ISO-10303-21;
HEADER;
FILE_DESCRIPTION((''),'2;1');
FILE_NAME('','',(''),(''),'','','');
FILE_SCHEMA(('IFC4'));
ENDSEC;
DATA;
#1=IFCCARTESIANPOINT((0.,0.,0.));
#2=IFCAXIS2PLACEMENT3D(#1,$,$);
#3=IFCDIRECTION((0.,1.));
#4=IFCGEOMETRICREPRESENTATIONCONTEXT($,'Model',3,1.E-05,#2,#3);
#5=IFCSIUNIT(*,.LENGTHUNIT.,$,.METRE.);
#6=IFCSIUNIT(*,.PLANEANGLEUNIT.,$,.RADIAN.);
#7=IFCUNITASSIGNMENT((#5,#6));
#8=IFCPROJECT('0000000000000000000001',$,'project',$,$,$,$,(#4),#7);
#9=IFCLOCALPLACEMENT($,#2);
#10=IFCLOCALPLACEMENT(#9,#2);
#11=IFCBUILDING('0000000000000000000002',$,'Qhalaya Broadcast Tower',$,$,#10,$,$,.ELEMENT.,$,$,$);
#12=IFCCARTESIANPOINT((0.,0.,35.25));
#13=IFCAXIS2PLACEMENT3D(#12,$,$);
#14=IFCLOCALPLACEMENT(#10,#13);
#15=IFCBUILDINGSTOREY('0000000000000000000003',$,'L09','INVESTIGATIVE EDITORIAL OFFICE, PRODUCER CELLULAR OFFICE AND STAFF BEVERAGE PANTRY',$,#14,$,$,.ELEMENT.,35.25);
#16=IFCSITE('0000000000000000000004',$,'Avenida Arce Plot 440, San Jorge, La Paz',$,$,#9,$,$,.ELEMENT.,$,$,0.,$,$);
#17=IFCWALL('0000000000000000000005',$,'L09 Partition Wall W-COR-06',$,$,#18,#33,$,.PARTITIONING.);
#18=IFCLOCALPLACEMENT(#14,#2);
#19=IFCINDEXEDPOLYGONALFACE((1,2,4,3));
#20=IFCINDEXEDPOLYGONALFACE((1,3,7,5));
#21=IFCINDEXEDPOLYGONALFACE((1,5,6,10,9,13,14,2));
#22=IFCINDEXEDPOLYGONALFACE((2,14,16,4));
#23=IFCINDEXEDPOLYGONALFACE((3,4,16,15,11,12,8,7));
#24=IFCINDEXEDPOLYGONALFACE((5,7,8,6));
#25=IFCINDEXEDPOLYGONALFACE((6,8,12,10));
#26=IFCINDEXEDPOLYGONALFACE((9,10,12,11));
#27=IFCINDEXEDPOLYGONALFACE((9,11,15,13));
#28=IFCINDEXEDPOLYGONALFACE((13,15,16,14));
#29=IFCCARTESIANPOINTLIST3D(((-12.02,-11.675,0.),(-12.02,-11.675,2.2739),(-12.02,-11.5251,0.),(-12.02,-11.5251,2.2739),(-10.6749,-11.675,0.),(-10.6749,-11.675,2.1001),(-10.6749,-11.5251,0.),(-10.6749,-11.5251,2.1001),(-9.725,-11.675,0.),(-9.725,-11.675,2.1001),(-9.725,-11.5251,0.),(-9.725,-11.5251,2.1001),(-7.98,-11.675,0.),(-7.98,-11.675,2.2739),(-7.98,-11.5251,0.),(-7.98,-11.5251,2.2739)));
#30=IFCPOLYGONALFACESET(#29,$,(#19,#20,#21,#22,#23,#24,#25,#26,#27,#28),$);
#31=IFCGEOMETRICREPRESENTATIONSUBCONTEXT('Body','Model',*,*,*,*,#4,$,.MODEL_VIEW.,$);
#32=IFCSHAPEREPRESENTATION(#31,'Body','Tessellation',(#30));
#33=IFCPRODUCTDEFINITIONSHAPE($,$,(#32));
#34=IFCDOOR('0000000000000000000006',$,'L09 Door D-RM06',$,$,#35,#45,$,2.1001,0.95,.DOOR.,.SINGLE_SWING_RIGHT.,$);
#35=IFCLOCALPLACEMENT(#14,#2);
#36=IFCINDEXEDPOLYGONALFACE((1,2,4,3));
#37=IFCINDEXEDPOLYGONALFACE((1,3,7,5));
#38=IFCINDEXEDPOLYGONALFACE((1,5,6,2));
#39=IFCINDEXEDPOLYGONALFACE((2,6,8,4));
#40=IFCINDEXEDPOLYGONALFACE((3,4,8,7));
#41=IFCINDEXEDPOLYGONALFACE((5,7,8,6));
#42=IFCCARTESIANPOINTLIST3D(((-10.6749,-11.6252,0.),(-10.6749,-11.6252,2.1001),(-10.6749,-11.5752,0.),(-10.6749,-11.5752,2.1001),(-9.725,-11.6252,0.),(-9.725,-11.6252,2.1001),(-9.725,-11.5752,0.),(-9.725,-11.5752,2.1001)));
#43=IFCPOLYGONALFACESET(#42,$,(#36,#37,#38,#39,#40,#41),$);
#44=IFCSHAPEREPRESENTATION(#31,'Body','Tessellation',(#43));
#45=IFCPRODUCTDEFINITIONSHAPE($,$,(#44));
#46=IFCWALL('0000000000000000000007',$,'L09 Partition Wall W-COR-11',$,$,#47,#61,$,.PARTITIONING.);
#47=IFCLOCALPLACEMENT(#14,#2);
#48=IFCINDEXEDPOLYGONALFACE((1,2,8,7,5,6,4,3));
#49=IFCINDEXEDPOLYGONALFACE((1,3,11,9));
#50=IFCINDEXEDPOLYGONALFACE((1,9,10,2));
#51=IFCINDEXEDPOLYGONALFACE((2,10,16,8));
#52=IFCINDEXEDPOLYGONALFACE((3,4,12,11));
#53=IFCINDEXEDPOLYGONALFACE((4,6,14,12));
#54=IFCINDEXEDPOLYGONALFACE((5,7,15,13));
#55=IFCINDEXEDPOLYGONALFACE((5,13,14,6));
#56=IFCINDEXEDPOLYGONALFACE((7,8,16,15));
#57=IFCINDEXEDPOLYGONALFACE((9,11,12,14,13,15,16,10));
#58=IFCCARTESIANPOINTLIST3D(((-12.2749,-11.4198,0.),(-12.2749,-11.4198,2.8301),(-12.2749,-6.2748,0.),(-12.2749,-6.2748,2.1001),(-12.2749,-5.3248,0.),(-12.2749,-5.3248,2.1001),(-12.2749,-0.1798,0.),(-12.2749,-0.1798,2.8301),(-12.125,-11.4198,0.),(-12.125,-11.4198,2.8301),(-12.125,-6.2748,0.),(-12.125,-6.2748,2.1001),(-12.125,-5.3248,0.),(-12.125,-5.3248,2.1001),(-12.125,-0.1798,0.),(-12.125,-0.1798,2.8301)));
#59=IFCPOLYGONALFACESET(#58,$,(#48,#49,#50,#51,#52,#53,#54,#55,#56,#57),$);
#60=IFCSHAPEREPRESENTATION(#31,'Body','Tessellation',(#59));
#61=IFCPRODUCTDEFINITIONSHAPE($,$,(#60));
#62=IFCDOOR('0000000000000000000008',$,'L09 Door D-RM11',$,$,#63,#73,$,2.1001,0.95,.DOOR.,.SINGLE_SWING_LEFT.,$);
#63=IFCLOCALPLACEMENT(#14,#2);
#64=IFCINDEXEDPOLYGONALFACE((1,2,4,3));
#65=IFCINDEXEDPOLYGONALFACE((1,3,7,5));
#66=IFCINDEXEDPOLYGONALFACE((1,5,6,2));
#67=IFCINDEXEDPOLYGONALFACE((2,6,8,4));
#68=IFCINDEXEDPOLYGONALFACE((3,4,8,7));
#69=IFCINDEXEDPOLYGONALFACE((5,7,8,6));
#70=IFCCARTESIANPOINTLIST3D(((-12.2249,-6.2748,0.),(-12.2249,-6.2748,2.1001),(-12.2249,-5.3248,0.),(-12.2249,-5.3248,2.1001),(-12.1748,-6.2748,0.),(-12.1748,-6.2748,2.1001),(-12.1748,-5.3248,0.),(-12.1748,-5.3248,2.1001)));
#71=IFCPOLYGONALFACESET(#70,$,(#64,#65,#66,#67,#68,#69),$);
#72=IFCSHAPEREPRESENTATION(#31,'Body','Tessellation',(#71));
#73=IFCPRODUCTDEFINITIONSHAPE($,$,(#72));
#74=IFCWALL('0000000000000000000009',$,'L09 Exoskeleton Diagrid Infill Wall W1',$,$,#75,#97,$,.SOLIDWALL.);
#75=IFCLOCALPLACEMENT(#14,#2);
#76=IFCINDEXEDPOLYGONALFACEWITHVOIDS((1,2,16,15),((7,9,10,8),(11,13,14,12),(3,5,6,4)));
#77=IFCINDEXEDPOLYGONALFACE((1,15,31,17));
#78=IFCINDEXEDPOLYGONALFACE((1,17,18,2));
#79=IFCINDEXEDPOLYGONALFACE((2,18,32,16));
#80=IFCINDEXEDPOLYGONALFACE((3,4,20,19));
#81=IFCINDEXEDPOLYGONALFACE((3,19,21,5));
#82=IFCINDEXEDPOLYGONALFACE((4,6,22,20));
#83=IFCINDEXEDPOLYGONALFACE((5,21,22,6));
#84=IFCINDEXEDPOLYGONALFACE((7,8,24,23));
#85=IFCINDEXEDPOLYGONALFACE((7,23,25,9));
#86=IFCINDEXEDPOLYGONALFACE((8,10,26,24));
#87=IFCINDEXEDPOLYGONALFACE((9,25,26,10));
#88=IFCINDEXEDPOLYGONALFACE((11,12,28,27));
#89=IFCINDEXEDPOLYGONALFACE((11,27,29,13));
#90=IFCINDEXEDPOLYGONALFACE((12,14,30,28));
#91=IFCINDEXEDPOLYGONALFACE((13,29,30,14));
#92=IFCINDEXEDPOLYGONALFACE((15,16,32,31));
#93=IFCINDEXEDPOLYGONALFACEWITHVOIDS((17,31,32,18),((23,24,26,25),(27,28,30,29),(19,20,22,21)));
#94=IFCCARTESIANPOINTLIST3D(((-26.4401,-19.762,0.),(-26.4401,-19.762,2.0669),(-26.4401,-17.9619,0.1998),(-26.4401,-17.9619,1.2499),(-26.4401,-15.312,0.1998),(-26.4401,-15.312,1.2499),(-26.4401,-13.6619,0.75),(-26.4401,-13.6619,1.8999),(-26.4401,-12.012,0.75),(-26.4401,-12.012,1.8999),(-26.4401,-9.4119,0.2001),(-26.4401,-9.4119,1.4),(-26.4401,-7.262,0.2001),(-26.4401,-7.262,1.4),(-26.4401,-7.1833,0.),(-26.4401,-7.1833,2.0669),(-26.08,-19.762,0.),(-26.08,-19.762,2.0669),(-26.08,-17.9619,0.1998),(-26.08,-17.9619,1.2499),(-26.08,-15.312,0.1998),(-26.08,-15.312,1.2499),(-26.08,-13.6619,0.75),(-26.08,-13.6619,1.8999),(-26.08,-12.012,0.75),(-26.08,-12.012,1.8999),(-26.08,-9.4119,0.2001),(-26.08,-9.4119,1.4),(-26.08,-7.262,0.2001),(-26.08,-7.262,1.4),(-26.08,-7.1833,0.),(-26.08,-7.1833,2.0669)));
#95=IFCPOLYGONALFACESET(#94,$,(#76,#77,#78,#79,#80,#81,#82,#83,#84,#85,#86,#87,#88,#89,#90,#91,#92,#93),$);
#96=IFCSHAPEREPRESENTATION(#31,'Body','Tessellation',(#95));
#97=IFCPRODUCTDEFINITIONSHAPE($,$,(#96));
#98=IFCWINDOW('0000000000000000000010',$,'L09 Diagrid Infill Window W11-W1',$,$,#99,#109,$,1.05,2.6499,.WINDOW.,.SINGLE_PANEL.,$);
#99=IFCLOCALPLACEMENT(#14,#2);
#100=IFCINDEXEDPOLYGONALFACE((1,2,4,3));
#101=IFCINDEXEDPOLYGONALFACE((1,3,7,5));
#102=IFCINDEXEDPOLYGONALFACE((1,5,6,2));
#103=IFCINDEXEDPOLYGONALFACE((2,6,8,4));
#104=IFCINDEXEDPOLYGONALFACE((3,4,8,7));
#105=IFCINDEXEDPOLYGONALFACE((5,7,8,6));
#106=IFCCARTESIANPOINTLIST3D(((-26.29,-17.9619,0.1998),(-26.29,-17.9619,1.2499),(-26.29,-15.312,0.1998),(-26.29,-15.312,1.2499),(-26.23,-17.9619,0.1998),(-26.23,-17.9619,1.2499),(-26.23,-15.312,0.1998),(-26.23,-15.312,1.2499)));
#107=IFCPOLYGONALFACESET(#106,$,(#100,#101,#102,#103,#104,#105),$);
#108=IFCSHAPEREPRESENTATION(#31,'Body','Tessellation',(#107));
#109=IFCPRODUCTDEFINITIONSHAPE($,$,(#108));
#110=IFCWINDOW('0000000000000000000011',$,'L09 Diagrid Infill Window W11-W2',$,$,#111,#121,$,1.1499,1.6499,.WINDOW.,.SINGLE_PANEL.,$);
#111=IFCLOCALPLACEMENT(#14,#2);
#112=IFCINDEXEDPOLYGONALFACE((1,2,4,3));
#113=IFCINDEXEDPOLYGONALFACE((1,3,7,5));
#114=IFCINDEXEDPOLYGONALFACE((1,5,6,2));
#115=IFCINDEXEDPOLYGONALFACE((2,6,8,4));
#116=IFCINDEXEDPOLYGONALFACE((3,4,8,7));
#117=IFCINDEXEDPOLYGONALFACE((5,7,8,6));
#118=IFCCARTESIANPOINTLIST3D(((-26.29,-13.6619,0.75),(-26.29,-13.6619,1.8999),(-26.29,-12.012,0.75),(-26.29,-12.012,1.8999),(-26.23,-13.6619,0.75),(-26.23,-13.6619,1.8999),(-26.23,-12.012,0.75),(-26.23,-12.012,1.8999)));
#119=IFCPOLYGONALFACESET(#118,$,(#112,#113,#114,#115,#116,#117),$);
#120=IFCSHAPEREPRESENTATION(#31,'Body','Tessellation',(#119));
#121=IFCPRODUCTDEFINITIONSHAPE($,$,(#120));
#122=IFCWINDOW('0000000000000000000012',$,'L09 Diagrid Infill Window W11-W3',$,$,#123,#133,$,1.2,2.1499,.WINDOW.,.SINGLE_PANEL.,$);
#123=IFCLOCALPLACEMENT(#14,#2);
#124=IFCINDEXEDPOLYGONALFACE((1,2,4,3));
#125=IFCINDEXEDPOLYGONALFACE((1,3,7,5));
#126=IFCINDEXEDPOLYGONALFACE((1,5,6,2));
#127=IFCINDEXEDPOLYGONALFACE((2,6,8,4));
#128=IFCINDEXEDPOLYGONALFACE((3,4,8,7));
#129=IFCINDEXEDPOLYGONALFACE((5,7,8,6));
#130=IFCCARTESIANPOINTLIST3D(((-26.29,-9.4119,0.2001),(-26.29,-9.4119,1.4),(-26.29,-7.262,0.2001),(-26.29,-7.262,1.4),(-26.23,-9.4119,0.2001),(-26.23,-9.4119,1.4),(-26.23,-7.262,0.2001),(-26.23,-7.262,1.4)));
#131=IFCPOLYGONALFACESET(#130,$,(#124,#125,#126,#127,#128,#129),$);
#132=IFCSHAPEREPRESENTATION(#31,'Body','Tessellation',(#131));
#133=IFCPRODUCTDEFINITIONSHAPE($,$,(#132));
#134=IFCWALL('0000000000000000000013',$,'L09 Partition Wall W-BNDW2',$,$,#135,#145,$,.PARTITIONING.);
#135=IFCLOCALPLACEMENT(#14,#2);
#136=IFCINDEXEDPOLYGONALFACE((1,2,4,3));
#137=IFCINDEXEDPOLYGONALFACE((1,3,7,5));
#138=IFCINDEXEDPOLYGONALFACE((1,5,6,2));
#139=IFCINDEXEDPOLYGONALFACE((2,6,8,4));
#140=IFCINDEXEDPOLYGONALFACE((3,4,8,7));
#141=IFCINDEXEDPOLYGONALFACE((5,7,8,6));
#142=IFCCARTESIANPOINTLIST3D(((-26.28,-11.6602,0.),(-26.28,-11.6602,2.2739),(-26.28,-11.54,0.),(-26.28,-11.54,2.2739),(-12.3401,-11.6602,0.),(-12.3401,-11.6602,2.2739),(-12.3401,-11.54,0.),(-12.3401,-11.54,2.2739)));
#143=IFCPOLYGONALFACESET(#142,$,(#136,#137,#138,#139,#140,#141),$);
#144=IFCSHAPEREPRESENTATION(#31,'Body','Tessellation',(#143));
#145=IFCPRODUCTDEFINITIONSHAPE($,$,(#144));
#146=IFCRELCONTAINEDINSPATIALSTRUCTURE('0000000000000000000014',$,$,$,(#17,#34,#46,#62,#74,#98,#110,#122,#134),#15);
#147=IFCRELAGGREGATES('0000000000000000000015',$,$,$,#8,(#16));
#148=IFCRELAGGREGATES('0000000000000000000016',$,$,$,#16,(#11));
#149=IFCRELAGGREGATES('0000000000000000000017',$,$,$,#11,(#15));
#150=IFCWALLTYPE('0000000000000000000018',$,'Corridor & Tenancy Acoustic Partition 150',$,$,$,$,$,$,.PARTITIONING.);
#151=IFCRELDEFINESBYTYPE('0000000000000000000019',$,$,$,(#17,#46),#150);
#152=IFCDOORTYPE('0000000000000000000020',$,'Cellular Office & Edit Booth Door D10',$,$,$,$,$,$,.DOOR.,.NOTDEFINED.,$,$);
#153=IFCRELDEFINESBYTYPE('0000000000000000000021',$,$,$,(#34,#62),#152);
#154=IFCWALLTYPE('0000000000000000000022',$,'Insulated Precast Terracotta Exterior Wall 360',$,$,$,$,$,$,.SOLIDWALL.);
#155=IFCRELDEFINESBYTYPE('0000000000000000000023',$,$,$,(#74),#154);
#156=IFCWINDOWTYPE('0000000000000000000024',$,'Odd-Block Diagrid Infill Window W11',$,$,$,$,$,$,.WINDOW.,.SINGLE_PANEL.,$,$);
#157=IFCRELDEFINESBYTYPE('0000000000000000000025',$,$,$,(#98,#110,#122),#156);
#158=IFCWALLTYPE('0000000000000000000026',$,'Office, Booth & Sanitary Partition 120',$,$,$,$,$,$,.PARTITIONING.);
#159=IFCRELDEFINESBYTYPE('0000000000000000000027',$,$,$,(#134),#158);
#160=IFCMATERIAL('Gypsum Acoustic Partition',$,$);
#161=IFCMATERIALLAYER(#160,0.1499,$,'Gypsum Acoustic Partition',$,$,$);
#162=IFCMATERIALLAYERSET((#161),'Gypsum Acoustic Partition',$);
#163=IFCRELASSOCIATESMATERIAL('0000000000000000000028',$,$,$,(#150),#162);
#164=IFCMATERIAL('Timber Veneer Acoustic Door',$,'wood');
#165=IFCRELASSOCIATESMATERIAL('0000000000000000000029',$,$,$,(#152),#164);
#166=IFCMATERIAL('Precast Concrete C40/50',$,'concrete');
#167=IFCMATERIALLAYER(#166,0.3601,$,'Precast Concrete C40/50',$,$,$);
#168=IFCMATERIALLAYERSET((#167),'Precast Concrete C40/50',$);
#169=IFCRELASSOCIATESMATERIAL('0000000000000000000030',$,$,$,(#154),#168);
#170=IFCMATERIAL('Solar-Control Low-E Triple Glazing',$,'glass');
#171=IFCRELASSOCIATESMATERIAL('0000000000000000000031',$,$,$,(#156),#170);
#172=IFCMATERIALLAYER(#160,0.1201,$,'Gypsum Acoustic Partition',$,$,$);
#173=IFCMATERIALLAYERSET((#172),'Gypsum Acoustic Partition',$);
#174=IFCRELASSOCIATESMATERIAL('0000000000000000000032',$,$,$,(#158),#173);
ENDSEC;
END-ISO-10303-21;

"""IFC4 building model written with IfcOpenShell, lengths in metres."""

from ifc_helpers import new_model, si_unit, direction, frame, frame_2d, origin, place, context, subcontext, project, spatial, rectangle, extrude, material, layer, layer_set, type_object, element, fill, save


model = new_model("IFC4")

# Units and contexts
model_context = context("Model", 3, precision=1e-05, world=origin(), true_north=direction((0.0, 1.0)))
body_context = subcontext(model_context, "Body", "Model", "MODEL_VIEW")
ifc_project = project(units=[si_unit("LENGTHUNIT", "METRE"), si_unit("PLANEANGLEUNIT", "RADIAN")], contexts=[model_context])

# Site, building, storey
site_placement = place(None, origin())
site = spatial("IfcSite", under=ifc_project, at=site_placement, Name="Avenida Arce Plot 440, San Jorge, La Paz", CompositionType="ELEMENT", RefElevation=0.0)
building_placement = place(site_placement, origin())
building = spatial("IfcBuilding", under=site, at=building_placement, Name="Qhalaya Broadcast Tower", CompositionType="ELEMENT")
storey_placement = place(building_placement, frame((0.0, 0.0, 35.25)))
storey = spatial("IfcBuildingStorey", under=building, at=storey_placement, Name="L09", Description="INVESTIGATIVE EDITORIAL OFFICE, PRODUCER CELLULAR OFFICE AND STAFF BEVERAGE PANTRY", CompositionType="ELEMENT", Elevation=35.25)

# Walls, openings, doors
ifc_material_1 = material(Name="Gypsum Acoustic Partition")
ifc_layer_1 = layer(ifc_material_1, 0.1499, Name="Gypsum Acoustic Partition")
ifc_layer_set_1 = layer_set([ifc_layer_1], Name="Gypsum Acoustic Partition")
wall_type_1 = type_object("IfcWallType", Name="Corridor & Tenancy Acoustic Partition 150", PredefinedType="PARTITIONING", material=ifc_layer_set_1)
wall_1_placement = place(storey_placement, frame((-12.02, -11.6001, 0.0), z_axis=(0.0, 0.0, 1.0), x_axis=(1.0, 0.0, 0.0)))
wall_1 = element("IfcWall", 1, at=wall_1_placement, inside=storey, type_object=wall_type_1, Name="L09 Partition Wall W-COR-06", PredefinedType="PARTITIONING", context=body_context, shape_type="SweptSolid", body=[
    extrude(rectangle(XDim=4.04, YDim=0.1499, at=frame_2d((2.02, 0.0))), origin(), (0.0, 0.0, 1.0), 2.2739),
])
opening_1_placement = place(wall_1_placement, frame((1.345, 0.0, 0.0)))
opening_1 = element("IfcOpeningElement", 2, at=opening_1_placement, cuts=wall_1, PredefinedType="OPENING", context=body_context, shape_type="SweptSolid", body=[
    extrude(rectangle(XDim=0.95, YDim=2.1001, at=frame_2d((0.4751, 1.05))), frame((0.0, 0.0869, 0.0), z_axis=(0.0, -1.0, 0.0), x_axis=(1.0, 0.0, 0.0)), (0.0, 0.0, 1.0), 0.1738),
])
ifc_material_2 = material(Name="Timber Veneer Acoustic Door", Category="wood")
door_type = type_object("IfcDoorType", Name="Cellular Office & Edit Booth Door D10", OperationType="NOTDEFINED", PredefinedType="DOOR", material=ifc_material_2)
door_1_placement = place(opening_1_placement, origin())
door_1 = element("IfcDoor", 3, at=door_1_placement, inside=storey, type_object=door_type, Name="L09 Door D-RM06", OperationType="SINGLE_SWING_RIGHT", OverallHeight=2.1001, OverallWidth=0.95, PredefinedType="DOOR", context=body_context, shape_type="SweptSolid", body=[
    extrude(rectangle(XDim=0.95, YDim=2.1001, at=frame_2d((0.4751, 1.05))), frame((0.0, 0.0249, 0.0), z_axis=(0.0, -1.0, 0.0), x_axis=(1.0, 0.0, 0.0)), (0.0, 0.0, 1.0), 0.05),
])
fill(opening_1, door_1)
wall_2_placement = place(storey_placement, frame((-12.2, -11.4199, 0.0), z_axis=(0.0, 0.0, 1.0), x_axis=(0.0, 1.0, 0.0)))
wall_2 = element("IfcWall", 4, at=wall_2_placement, inside=storey, type_object=wall_type_1, Name="L09 Partition Wall W-COR-11", PredefinedType="PARTITIONING", context=body_context, shape_type="SweptSolid", body=[
    extrude(rectangle(XDim=11.24, YDim=0.1499, at=frame_2d((5.6201, 0.0))), origin(), (0.0, 0.0, 1.0), 2.8301),
])
opening_2_placement = place(wall_2_placement, frame((5.145, 0.0, 0.0)))
opening_2 = element("IfcOpeningElement", 5, at=opening_2_placement, cuts=wall_2, PredefinedType="OPENING", context=body_context, shape_type="SweptSolid", body=[
    extrude(rectangle(XDim=0.95, YDim=2.1001, at=frame_2d((0.4751, 1.05))), frame((0.0, 0.0869, 0.0), z_axis=(0.0, -1.0, 0.0), x_axis=(1.0, 0.0, 0.0)), (0.0, 0.0, 1.0), 0.1738),
])
door_2_placement = place(opening_2_placement, origin())
door_2 = element("IfcDoor", 6, at=door_2_placement, inside=storey, type_object=door_type, Name="L09 Door D-RM11", OperationType="SINGLE_SWING_LEFT", OverallHeight=2.1001, OverallWidth=0.95, PredefinedType="DOOR", context=body_context, shape_type="SweptSolid", body=[
    extrude(rectangle(XDim=0.95, YDim=2.1001, at=frame_2d((0.4751, 1.05))), frame((0.0, 0.0249, 0.0), z_axis=(0.0, -1.0, 0.0), x_axis=(1.0, 0.0, 0.0)), (0.0, 0.0, 1.0), 0.05),
])
fill(opening_2, door_2)

# Wall, openings, windows
ifc_material_3 = material(Name="Precast Concrete C40/50", Category="concrete")
ifc_layer_2 = layer(ifc_material_3, 0.3601, Name="Precast Concrete C40/50")
ifc_layer_set_2 = layer_set([ifc_layer_2], Name="Precast Concrete C40/50")
wall_type_2 = type_object("IfcWallType", Name="Insulated Precast Terracotta Exterior Wall 360", PredefinedType="SOLIDWALL", material=ifc_layer_set_2)
wall_3_placement = place(storey_placement, frame((-26.26, -19.762, 0.0), z_axis=(0.0, 0.0, 1.0), x_axis=(0.0, 1.0, 0.0)))
wall_3 = element("IfcWall", 7, at=wall_3_placement, inside=storey, type_object=wall_type_2, Name="L09 Exoskeleton Diagrid Infill Wall W1", PredefinedType="SOLIDWALL", context=body_context, shape_type="SweptSolid", body=[
    extrude(rectangle(XDim=12.5786, YDim=0.3601, at=frame_2d((6.2893, 0.0))), origin(), (0.0, 0.0, 1.0), 2.0669),
])
opening_3_placement = place(wall_3_placement, frame((1.8, 0.0, 0.2)))
opening_3 = element("IfcOpeningElement", 8, at=opening_3_placement, cuts=wall_3, PredefinedType="OPENING", context=body_context, shape_type="SweptSolid", body=[
    extrude(rectangle(XDim=2.6499, YDim=1.05, at=frame_2d((1.325, 0.5249))), frame((0.0, 0.1921, 0.0), z_axis=(0.0, -1.0, 0.0), x_axis=(1.0, 0.0, 0.0)), (0.0, 0.0, 1.0), 0.384),
])
opening_4_placement = place(wall_3_placement, frame((6.1001, 0.0, 0.75)))
opening_4 = element("IfcOpeningElement", 9, at=opening_4_placement, cuts=wall_3, PredefinedType="OPENING", context=body_context, shape_type="SweptSolid", body=[
    extrude(rectangle(XDim=1.6499, YDim=1.1499, at=frame_2d((0.825, 0.575))), frame((0.0, 0.1921, 0.0), z_axis=(0.0, -1.0, 0.0), x_axis=(1.0, 0.0, 0.0)), (0.0, 0.0, 1.0), 0.384),
])
opening_5_placement = place(wall_3_placement, frame((10.3501, 0.0, 0.2)))
opening_5 = element("IfcOpeningElement", 10, at=opening_5_placement, cuts=wall_3, PredefinedType="OPENING", context=body_context, shape_type="SweptSolid", body=[
    extrude(rectangle(XDim=2.1499, YDim=1.2, at=frame_2d((1.075, 0.6001))), frame((0.0, 0.1921, 0.0), z_axis=(0.0, -1.0, 0.0), x_axis=(1.0, 0.0, 0.0)), (0.0, 0.0, 1.0), 0.384),
])
ifc_material_4 = material(Name="Solar-Control Low-E Triple Glazing", Category="glass")
window_type = type_object("IfcWindowType", Name="Odd-Block Diagrid Infill Window W11", PartitioningType="SINGLE_PANEL", PredefinedType="WINDOW", material=ifc_material_4)
window_1_placement = place(opening_3_placement, origin())
window_1 = element("IfcWindow", 11, at=window_1_placement, inside=storey, type_object=window_type, Name="L09 Diagrid Infill Window W11-W1", OverallHeight=1.05, OverallWidth=2.6499, PartitioningType="SINGLE_PANEL", PredefinedType="WINDOW", context=body_context, shape_type="SweptSolid", body=[
    extrude(rectangle(XDim=2.6499, YDim=1.05, at=frame_2d((1.325, 0.5249))), frame((0.0, 0.03, 0.0), z_axis=(0.0, -1.0, 0.0), x_axis=(1.0, 0.0, 0.0)), (0.0, 0.0, 1.0), 0.0601),
])
fill(opening_3, window_1)
window_2_placement = place(opening_4_placement, origin())
window_2 = element("IfcWindow", 12, at=window_2_placement, inside=storey, type_object=window_type, Name="L09 Diagrid Infill Window W11-W2", OverallHeight=1.1499, OverallWidth=1.6499, PartitioningType="SINGLE_PANEL", PredefinedType="WINDOW", context=body_context, shape_type="SweptSolid", body=[
    extrude(rectangle(XDim=1.6499, YDim=1.1499, at=frame_2d((0.825, 0.575))), frame((0.0, 0.03, 0.0), z_axis=(0.0, -1.0, 0.0), x_axis=(1.0, 0.0, 0.0)), (0.0, 0.0, 1.0), 0.0601),
])
fill(opening_4, window_2)
window_3_placement = place(opening_5_placement, origin())
window_3 = element("IfcWindow", 13, at=window_3_placement, inside=storey, type_object=window_type, Name="L09 Diagrid Infill Window W11-W3", OverallHeight=1.2, OverallWidth=2.1499, PartitioningType="SINGLE_PANEL", PredefinedType="WINDOW", context=body_context, shape_type="SweptSolid", body=[
    extrude(rectangle(XDim=2.1499, YDim=1.2, at=frame_2d((1.075, 0.6001))), frame((0.0, 0.03, 0.0), z_axis=(0.0, -1.0, 0.0), x_axis=(1.0, 0.0, 0.0)), (0.0, 0.0, 1.0), 0.0601),
])
fill(opening_5, window_3)

# Wall
ifc_layer_3 = layer(ifc_material_1, 0.1201, Name="Gypsum Acoustic Partition")
ifc_layer_set_3 = layer_set([ifc_layer_3], Name="Gypsum Acoustic Partition")
wall_type_3 = type_object("IfcWallType", Name="Office, Booth & Sanitary Partition 120", PredefinedType="PARTITIONING", material=ifc_layer_set_3)
wall_4_placement = place(storey_placement, frame((-26.28, -11.6001, 0.0), z_axis=(0.0, 0.0, 1.0), x_axis=(1.0, 0.0, 0.0)))
element("IfcWall", 14, at=wall_4_placement, inside=storey, type_object=wall_type_3, Name="L09 Partition Wall W-BNDW2", PredefinedType="PARTITIONING", context=body_context, shape_type="SweptSolid", body=[
    extrude(rectangle(XDim=13.9399, YDim=0.1201, at=frame_2d((6.97, 0.0))), origin(), (0.0, 0.0, 1.0), 2.2739),
])

save(model, "model.ifc")
